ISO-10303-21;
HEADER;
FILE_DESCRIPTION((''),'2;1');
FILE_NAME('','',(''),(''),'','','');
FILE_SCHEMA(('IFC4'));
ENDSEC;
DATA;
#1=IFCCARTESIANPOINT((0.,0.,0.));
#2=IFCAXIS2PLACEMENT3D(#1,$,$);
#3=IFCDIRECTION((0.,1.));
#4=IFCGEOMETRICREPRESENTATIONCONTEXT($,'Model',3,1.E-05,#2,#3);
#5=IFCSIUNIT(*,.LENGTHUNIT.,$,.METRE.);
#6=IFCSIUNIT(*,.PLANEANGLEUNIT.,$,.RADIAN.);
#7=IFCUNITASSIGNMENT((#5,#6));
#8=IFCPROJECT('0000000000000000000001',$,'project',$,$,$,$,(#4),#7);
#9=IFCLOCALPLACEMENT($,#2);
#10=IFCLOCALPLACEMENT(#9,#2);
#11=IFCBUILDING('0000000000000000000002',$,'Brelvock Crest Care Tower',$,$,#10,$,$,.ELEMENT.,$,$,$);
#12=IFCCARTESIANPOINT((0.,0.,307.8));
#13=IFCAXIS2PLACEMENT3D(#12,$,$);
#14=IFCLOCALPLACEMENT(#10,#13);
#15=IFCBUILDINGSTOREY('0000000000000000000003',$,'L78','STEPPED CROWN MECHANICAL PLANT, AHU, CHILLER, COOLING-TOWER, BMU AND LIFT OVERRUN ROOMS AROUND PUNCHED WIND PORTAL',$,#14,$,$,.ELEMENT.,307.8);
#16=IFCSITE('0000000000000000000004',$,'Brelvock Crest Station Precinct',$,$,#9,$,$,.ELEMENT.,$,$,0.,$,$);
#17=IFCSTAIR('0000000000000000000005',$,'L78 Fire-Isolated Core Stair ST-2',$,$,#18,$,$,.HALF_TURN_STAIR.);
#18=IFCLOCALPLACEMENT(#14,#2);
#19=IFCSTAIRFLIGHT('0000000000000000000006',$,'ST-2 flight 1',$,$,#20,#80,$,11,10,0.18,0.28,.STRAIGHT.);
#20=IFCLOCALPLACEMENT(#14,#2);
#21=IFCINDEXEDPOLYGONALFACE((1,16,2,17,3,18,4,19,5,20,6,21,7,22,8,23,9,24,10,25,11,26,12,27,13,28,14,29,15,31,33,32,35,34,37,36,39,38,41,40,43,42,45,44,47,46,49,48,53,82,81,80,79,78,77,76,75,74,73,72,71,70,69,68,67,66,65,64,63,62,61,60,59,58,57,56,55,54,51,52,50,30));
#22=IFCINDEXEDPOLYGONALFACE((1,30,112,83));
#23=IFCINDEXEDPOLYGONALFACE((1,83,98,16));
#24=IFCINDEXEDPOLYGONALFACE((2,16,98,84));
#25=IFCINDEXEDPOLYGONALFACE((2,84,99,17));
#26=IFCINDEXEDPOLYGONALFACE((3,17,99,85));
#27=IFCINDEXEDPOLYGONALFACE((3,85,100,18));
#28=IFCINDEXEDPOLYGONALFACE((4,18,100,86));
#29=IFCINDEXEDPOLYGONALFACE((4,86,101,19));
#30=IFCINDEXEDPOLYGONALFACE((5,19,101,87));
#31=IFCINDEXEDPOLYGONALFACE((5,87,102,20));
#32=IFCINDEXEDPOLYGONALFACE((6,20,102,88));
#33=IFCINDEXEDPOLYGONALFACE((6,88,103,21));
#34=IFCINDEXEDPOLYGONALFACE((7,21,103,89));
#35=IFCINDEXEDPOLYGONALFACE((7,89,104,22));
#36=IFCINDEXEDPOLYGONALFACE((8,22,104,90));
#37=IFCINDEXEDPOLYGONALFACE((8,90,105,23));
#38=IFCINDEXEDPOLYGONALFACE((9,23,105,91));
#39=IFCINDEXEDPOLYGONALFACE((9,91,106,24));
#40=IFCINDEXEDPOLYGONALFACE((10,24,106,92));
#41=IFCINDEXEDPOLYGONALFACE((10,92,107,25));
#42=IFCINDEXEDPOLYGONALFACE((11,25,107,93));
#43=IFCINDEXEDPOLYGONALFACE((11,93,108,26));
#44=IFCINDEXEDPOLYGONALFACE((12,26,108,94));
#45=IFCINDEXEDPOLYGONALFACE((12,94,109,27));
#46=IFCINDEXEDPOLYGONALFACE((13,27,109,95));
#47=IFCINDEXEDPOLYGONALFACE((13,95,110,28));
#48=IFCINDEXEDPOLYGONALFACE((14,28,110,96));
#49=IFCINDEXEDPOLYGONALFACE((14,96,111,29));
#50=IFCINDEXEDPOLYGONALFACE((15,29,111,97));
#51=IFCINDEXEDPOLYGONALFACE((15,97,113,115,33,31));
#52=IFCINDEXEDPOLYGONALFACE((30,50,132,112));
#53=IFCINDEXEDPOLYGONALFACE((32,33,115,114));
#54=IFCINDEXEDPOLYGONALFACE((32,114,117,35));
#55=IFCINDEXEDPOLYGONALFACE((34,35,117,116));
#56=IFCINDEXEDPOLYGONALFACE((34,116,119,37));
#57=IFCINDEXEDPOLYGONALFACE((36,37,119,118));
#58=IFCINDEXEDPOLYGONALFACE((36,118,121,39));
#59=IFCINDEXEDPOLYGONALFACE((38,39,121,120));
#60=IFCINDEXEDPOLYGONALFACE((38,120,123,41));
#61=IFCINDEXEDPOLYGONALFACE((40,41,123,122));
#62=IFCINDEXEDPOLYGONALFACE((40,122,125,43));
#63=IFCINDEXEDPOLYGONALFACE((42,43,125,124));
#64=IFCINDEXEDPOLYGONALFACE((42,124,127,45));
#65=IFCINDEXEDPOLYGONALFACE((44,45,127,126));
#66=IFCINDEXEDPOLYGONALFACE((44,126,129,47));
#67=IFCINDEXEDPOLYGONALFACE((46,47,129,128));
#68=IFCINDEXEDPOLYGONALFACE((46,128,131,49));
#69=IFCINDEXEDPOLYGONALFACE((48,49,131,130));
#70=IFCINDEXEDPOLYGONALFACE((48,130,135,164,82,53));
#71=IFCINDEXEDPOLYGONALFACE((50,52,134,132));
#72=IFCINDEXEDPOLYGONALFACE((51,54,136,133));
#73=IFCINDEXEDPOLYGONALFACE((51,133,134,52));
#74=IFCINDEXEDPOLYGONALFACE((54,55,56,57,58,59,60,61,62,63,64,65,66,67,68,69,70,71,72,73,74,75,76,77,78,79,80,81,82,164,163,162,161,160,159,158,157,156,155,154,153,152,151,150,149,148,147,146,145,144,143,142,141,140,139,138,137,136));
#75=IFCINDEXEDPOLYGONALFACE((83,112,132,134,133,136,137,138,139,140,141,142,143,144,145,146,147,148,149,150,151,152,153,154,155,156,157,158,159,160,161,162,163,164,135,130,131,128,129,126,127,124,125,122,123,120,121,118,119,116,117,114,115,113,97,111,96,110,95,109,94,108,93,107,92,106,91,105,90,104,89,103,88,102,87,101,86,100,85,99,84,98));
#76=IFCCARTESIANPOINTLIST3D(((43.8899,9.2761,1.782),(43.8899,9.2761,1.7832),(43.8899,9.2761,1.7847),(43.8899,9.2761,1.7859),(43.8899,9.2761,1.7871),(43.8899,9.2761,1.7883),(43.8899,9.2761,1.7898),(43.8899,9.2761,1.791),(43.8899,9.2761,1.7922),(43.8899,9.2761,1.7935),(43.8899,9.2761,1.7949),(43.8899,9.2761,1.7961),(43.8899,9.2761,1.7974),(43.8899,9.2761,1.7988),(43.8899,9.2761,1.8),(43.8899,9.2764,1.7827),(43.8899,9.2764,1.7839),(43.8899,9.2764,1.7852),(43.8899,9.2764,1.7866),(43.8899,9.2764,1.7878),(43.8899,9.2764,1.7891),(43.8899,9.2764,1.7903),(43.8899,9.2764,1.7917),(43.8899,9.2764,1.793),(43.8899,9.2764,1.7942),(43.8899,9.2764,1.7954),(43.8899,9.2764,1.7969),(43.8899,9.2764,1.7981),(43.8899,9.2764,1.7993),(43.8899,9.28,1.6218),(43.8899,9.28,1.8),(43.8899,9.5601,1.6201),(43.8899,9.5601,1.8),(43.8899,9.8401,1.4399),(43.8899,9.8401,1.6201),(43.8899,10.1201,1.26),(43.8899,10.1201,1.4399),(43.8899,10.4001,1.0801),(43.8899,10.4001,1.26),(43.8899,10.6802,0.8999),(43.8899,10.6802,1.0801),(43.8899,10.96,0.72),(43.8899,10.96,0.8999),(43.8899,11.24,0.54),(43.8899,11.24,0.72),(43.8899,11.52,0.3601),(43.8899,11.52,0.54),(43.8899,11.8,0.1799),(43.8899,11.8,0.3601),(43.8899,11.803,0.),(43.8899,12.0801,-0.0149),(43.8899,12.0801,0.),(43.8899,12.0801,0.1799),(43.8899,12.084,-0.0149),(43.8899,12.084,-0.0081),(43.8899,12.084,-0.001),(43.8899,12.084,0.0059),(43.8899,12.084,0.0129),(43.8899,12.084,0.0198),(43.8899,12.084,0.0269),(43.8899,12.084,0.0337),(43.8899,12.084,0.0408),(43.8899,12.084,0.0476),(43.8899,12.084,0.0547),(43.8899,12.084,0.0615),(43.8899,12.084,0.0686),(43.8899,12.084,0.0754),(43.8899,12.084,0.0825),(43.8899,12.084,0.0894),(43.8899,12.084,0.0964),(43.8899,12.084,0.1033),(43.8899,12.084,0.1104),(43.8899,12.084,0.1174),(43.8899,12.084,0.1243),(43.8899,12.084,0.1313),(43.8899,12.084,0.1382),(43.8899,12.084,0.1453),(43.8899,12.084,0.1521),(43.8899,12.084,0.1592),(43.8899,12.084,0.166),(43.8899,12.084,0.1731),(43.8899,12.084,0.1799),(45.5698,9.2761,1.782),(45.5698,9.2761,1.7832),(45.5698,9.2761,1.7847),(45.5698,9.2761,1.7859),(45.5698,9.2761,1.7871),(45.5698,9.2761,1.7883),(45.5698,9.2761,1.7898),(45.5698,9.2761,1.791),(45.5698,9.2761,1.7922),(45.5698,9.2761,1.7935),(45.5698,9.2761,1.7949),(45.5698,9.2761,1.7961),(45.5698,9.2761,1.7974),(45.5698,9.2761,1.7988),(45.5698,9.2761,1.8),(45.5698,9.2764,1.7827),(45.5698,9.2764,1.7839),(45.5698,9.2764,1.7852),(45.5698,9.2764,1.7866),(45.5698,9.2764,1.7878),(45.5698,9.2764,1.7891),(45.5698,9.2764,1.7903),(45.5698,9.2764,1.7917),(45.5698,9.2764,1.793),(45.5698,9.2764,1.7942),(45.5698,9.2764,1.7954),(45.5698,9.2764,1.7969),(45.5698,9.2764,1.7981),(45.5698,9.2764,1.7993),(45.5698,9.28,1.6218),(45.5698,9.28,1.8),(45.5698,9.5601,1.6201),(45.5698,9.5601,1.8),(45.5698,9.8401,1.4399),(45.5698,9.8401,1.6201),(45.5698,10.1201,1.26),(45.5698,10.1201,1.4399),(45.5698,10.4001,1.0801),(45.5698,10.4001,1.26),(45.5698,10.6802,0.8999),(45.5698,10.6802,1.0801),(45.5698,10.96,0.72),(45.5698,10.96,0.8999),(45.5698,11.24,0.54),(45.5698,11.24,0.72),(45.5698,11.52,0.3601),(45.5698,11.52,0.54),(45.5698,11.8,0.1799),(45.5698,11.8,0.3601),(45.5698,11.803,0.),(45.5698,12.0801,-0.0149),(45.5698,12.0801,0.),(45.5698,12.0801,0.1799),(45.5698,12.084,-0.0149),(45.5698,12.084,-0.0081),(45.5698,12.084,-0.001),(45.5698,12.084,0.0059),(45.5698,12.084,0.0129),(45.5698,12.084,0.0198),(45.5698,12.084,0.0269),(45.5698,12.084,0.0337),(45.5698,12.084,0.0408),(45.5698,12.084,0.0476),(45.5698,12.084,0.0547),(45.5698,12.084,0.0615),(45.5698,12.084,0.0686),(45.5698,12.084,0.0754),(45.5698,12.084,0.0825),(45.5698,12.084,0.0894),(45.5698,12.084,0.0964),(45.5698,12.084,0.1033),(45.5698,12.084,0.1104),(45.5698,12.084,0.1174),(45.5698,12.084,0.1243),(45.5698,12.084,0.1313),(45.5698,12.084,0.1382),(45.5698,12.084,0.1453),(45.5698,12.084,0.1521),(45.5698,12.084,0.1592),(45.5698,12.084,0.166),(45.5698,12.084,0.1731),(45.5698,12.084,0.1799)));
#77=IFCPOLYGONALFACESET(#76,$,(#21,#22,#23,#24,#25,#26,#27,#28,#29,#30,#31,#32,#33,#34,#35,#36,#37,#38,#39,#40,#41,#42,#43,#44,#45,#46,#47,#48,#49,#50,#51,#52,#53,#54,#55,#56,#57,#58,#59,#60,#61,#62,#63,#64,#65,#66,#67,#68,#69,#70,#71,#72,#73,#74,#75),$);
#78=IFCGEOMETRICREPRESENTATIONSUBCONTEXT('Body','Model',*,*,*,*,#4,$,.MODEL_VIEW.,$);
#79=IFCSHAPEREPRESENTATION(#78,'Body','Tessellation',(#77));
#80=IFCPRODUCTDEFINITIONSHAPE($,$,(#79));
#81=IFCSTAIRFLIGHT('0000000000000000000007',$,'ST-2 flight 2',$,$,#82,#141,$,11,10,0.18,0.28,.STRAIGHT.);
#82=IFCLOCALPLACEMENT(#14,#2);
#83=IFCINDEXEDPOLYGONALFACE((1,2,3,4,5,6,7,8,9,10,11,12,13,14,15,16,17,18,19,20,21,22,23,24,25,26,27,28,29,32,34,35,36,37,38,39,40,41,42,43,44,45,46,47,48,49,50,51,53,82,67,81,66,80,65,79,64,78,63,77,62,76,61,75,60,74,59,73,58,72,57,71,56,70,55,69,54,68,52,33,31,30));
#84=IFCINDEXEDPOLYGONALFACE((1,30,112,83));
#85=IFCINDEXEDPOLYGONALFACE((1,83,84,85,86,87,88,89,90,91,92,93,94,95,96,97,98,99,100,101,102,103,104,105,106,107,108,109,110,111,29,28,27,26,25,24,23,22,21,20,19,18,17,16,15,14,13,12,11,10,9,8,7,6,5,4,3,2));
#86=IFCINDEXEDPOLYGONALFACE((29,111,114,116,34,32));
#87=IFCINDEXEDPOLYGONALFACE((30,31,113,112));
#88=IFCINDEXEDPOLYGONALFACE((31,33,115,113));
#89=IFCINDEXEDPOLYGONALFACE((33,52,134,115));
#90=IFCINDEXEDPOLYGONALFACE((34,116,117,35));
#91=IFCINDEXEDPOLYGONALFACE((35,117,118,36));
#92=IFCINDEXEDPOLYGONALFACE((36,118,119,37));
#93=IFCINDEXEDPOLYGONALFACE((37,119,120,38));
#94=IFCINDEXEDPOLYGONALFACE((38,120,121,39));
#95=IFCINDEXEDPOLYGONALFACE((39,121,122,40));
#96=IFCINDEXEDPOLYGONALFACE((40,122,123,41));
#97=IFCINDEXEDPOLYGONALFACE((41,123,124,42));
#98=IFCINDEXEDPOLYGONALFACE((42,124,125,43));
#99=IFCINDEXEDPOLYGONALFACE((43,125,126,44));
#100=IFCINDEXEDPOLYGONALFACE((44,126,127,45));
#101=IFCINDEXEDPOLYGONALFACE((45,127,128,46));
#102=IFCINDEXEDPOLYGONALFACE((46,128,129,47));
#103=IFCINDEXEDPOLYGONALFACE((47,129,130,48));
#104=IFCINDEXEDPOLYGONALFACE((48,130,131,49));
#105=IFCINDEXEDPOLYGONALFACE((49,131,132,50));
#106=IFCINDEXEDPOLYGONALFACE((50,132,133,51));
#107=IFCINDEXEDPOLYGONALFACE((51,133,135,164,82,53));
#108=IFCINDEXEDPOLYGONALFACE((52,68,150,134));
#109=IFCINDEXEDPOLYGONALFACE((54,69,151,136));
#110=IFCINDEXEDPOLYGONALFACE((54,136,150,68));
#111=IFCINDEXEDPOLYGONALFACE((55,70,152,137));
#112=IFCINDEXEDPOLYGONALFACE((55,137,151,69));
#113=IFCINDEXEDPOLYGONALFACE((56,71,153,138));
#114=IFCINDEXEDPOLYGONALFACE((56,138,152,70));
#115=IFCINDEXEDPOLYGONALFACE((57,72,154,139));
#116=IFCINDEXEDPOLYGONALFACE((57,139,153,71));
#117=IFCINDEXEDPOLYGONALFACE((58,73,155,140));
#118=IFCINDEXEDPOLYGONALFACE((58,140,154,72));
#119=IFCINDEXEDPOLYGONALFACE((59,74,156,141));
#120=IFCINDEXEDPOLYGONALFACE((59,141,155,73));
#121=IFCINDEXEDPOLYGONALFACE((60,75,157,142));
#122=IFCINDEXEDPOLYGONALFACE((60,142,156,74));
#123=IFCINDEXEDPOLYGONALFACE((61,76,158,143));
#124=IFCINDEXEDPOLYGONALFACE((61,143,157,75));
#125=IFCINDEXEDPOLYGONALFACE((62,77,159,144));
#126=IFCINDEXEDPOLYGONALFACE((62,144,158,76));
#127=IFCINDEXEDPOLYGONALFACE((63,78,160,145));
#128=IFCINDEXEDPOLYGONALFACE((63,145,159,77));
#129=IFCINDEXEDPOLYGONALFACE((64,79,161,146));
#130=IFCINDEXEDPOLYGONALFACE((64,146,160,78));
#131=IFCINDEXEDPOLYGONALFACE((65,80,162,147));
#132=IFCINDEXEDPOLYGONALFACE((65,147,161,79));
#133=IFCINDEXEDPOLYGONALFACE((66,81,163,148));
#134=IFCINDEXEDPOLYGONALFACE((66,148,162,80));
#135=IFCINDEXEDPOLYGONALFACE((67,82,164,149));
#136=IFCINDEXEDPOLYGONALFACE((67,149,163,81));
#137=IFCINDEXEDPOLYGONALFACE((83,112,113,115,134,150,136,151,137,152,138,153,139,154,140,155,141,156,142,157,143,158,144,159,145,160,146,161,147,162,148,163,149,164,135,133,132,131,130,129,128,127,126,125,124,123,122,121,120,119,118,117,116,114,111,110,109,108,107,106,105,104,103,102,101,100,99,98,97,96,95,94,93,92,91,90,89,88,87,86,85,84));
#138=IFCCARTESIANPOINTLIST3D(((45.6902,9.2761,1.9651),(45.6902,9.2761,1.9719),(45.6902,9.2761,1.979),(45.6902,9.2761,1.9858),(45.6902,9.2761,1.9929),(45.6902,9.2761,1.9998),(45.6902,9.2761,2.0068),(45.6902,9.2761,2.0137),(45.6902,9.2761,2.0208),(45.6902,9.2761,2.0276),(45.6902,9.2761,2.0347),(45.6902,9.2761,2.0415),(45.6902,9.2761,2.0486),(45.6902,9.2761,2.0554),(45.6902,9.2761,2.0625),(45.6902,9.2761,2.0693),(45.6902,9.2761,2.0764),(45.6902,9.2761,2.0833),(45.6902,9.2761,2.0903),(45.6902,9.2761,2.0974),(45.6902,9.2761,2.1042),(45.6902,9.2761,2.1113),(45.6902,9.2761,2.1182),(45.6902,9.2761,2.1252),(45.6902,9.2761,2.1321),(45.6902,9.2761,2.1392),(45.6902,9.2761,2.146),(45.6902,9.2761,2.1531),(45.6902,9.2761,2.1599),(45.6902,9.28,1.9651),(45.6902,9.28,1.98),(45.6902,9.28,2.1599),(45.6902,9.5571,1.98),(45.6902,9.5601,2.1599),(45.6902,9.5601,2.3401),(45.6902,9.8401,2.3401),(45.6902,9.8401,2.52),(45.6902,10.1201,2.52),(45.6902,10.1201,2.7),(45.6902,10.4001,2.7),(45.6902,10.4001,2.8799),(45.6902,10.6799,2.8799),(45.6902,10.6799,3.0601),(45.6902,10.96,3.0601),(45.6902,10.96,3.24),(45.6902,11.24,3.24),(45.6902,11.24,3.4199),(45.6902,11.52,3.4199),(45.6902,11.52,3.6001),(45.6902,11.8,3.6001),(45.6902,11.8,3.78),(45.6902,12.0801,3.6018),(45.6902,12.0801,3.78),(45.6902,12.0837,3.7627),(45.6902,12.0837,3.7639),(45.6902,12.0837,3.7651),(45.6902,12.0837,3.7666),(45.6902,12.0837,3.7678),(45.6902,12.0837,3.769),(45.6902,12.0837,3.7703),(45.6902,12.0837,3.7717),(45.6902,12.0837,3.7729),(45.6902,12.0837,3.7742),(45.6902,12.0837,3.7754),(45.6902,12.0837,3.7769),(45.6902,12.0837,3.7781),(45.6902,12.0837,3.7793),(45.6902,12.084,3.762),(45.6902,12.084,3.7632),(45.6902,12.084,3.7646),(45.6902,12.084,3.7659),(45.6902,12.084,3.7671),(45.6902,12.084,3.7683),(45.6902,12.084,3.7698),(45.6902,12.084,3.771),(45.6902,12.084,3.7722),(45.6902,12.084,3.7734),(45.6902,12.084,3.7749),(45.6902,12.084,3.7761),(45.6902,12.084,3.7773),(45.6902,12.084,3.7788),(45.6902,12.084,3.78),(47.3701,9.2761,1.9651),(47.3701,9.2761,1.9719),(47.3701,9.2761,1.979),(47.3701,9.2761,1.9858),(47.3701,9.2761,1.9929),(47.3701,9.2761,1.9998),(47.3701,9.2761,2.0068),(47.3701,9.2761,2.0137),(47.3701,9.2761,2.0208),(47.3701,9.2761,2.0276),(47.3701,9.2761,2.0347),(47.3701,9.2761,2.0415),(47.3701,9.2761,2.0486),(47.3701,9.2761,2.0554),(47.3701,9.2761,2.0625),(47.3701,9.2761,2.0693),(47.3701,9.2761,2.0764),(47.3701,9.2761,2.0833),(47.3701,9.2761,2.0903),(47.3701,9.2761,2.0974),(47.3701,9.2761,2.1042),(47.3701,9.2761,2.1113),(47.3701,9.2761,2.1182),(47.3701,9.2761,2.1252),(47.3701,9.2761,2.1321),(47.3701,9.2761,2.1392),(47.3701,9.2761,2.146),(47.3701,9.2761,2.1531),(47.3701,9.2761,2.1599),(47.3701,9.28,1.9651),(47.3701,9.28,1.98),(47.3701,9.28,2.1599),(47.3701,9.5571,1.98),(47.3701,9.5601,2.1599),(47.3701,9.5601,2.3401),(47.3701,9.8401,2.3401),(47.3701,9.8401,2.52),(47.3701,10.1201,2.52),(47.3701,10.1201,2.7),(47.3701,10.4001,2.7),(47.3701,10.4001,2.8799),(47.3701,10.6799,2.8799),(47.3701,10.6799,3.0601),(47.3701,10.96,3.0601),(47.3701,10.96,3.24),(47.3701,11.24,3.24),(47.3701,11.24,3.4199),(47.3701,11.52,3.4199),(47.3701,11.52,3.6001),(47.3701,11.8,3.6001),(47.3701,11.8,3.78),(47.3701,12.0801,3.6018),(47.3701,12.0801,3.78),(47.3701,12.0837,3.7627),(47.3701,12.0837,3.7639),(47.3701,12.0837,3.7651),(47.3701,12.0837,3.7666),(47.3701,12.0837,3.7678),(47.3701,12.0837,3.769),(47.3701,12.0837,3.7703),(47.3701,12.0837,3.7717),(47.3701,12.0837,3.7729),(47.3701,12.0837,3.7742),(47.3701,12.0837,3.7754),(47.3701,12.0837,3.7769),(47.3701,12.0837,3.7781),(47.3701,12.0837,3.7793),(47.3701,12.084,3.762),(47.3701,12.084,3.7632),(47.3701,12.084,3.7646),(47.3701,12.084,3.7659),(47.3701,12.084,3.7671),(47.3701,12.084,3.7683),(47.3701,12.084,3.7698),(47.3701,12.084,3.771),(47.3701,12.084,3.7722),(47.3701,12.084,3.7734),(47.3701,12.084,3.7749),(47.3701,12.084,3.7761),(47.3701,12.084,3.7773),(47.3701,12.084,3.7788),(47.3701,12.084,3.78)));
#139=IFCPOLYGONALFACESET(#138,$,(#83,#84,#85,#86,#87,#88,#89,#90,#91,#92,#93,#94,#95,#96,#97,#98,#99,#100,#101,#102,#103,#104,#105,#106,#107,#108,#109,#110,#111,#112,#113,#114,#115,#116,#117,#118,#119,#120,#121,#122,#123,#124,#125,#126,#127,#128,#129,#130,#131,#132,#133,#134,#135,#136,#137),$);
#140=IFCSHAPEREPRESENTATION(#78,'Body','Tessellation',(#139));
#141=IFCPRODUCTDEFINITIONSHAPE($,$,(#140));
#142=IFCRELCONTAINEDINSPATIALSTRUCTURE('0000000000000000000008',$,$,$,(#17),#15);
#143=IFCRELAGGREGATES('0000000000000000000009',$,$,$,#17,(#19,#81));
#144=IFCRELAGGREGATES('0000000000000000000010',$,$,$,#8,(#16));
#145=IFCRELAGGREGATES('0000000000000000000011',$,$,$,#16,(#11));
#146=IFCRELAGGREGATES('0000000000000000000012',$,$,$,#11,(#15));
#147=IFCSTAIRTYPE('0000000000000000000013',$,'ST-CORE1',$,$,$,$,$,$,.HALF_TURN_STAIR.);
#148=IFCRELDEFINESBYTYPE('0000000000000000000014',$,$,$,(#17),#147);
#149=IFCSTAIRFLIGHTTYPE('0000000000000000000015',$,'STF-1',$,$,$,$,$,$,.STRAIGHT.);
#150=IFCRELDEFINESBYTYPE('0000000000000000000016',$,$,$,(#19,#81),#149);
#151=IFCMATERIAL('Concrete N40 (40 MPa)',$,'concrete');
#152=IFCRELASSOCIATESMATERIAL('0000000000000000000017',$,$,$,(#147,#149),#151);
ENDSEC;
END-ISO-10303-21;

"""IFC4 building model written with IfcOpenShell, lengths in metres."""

from ifc_helpers import new_model, si_unit, direction, frame, origin, place, context, subcontext, project, spatial, polyline, outline, extrude, material, type_object, element, aggregate, save


model = new_model("IFC4")

# Units and contexts
model_context = context("Model", 3, precision=1e-05, world=origin(), true_north=direction((0.0, 1.0)))
body_context = subcontext(model_context, "Body", "Model", "MODEL_VIEW")
ifc_project = project(units=[si_unit("LENGTHUNIT", "METRE"), si_unit("PLANEANGLEUNIT", "RADIAN")], contexts=[model_context])

# Site, building, storey
site_placement = place(None, origin())
site = spatial("IfcSite", under=ifc_project, at=site_placement, Name="Brelvock Crest Station Precinct", CompositionType="ELEMENT", RefElevation=0.0)
building_placement = place(site_placement, origin())
building = spatial("IfcBuilding", under=site, at=building_placement, Name="Brelvock Crest Care Tower", CompositionType="ELEMENT")
storey_placement = place(building_placement, frame((0.0, 0.0, 307.8)))
storey = spatial("IfcBuildingStorey", under=building, at=storey_placement, Name="L78", Description="STEPPED CROWN MECHANICAL PLANT, AHU, CHILLER, COOLING-TOWER, BMU AND LIFT OVERRUN ROOMS AROUND PUNCHED WIND PORTAL", CompositionType="ELEMENT", Elevation=307.8)

# Stair, stair flights
ifc_material_1 = material(Name="Concrete N40 (40 MPa)", Category="concrete")
stair_type = type_object("IfcStairType", Name="ST-CORE1", PredefinedType="HALF_TURN_STAIR", material=ifc_material_1)
stair_placement = place(storey_placement, origin())
stair = element("IfcStair", 1, at=stair_placement, inside=storey, type_object=stair_type, Name="L78 Fire-Isolated Core Stair ST-2", PredefinedType="HALF_TURN_STAIR")
stair_flight_type = type_object("IfcStairFlightType", Name="STF-1", PredefinedType="STRAIGHT", material=ifc_material_1)
stair_flight_1_placement = place(storey_placement, frame((44.73, 12.0801, 0.0), z_axis=(0.0, 0.0, 1.0), x_axis=(0.0, -1.0, 0.0)))
stair_flight_1 = element("IfcStairFlight", 2, at=stair_flight_1_placement, type_object=stair_flight_type, Name="ST-2 flight 1", NumberOfRisers=11, NumberOfTreads=10, PredefinedType="STRAIGHT", RiserHeight=0.18, TreadLength=0.28, context=body_context, shape_type="SweptSolid", body=[
    extrude(outline(polyline([(-0.0039, -0.0149), (-0.0039, -0.0081), (-0.0039, -0.001), (-0.0039, 0.0059), (-0.0039, 0.0129), (-0.0039, 0.0198), (-0.0039, 0.0269), (-0.0039, 0.0337), (-0.0039, 0.0408), (-0.0039, 0.0476), (-0.0039, 0.0547), (-0.0039, 0.0615), (-0.0039, 0.0686), (-0.0039, 0.0754), (-0.0039, 0.0825), (-0.0039, 0.0894), (-0.0039, 0.0964), (-0.0039, 0.1033), (-0.0039, 0.1104), (-0.0039, 0.1174), (-0.0039, 0.1243), (-0.0039, 0.1313), (-0.0039, 0.1382), (-0.0039, 0.1453), (-0.0039, 0.1521), (-0.0039, 0.1592), (-0.0039, 0.166), (-0.0039, 0.1731), (-0.0039, 0.1799), (0.0, 0.1799), (0.28, 0.1799), (0.28, 0.3601), (0.5601, 0.3601), (0.5601, 0.54), (0.8401, 0.54), (0.8401, 0.72), (1.1201, 0.72), (1.1201, 0.8999), (1.3999, 0.8999), (1.3999, 1.0801), (1.6799, 1.0801), (1.6799, 1.26), (1.96, 1.26), (1.96, 1.4399), (2.24, 1.4399), (2.24, 1.6201), (2.52, 1.6201), (2.52, 1.8), (2.8, 1.8), (2.804, 1.8), (2.8037, 1.7993), (2.804, 1.7988), (2.8037, 1.7981), (2.804, 1.7974), (2.8037, 1.7969), (2.804, 1.7961), (2.8037, 1.7954), (2.804, 1.7949), (2.8037, 1.7942), (2.804, 1.7935), (2.8037, 1.793), (2.804, 1.7922), (2.8037, 1.7917), (2.804, 1.791), (2.8037, 1.7903), (2.804, 1.7898), (2.8037, 1.7891), (2.804, 1.7883), (2.8037, 1.7878), (2.804, 1.7871), (2.8037, 1.7866), (2.804, 1.7859), (2.8037, 1.7852), (2.804, 1.7847), (2.8037, 1.7839), (2.804, 1.7832), (2.8037, 1.7827), (2.804, 1.782), (2.8, 1.6218), (0.2771, 0.0), (0.0, 0.0), (0.0, -0.0149), (-0.0039, -0.0149)])), frame((0.0, 0.8398, 0.0), z_axis=(0.0, -1.0, 0.0), x_axis=(1.0, 0.0, 0.0)), (0.0, 0.0, 1.0), 1.6799),
])
stair_flight_2_placement = place(storey_placement, frame((46.53, 9.28, 1.98), z_axis=(0.0, 0.0, 1.0), x_axis=(0.0, 1.0, 0.0)))
stair_flight_2 = element("IfcStairFlight", 3, at=stair_flight_2_placement, type_object=stair_flight_type, Name="ST-2 flight 2", NumberOfRisers=11, NumberOfTreads=10, PredefinedType="STRAIGHT", RiserHeight=0.18, TreadLength=0.28, context=body_context, shape_type="SweptSolid", body=[
    extrude(outline(polyline([(-0.0039, -0.0149), (-0.0039, -0.0081), (-0.0039, -0.001), (-0.0039, 0.0059), (-0.0039, 0.0129), (-0.0039, 0.0198), (-0.0039, 0.0269), (-0.0039, 0.0337), (-0.0039, 0.0408), (-0.0039, 0.0476), (-0.0039, 0.0547), (-0.0039, 0.0615), (-0.0039, 0.0686), (-0.0039, 0.0754), (-0.0039, 0.0825), (-0.0039, 0.0894), (-0.0039, 0.0964), (-0.0039, 0.1033), (-0.0039, 0.1104), (-0.0039, 0.1174), (-0.0039, 0.1243), (-0.0039, 0.1313), (-0.0039, 0.1382), (-0.0039, 0.1453), (-0.0039, 0.1521), (-0.0039, 0.1592), (-0.0039, 0.166), (-0.0039, 0.1731), (-0.0039, 0.1799), (0.0, 0.1799), (0.28, 0.1799), (0.28, 0.3601), (0.5601, 0.3601), (0.5601, 0.54), (0.8401, 0.54), (0.8401, 0.72), (1.1201, 0.72), (1.1201, 0.8999), (1.3999, 0.8999), (1.3999, 1.0801), (1.6799, 1.0801), (1.6799, 1.26), (1.96, 1.26), (1.96, 1.4399), (2.24, 1.4399), (2.24, 1.6201), (2.52, 1.6201), (2.52, 1.8), (2.8, 1.8), (2.804, 1.8), (2.8037, 1.7993), (2.804, 1.7988), (2.8037, 1.7981), (2.804, 1.7974), (2.8037, 1.7969), (2.804, 1.7961), (2.8037, 1.7954), (2.804, 1.7949), (2.8037, 1.7942), (2.804, 1.7935), (2.8037, 1.793), (2.804, 1.7922), (2.8037, 1.7917), (2.804, 1.791), (2.8037, 1.7903), (2.804, 1.7898), (2.8037, 1.7891), (2.804, 1.7883), (2.8037, 1.7878), (2.804, 1.7871), (2.8037, 1.7866), (2.804, 1.7859), (2.8037, 1.7852), (2.804, 1.7847), (2.8037, 1.7839), (2.804, 1.7832), (2.8037, 1.7827), (2.804, 1.782), (2.8, 1.6218), (0.2771, 0.0), (0.0, 0.0), (0.0, -0.0149), (-0.0039, -0.0149)])), frame((0.0, 0.8398, 0.0), z_axis=(0.0, -1.0, 0.0), x_axis=(1.0, 0.0, 0.0)), (0.0, 0.0, 1.0), 1.6799),
])
aggregate(stair, [stair_flight_1, stair_flight_2])

save(model, "model.ifc")
